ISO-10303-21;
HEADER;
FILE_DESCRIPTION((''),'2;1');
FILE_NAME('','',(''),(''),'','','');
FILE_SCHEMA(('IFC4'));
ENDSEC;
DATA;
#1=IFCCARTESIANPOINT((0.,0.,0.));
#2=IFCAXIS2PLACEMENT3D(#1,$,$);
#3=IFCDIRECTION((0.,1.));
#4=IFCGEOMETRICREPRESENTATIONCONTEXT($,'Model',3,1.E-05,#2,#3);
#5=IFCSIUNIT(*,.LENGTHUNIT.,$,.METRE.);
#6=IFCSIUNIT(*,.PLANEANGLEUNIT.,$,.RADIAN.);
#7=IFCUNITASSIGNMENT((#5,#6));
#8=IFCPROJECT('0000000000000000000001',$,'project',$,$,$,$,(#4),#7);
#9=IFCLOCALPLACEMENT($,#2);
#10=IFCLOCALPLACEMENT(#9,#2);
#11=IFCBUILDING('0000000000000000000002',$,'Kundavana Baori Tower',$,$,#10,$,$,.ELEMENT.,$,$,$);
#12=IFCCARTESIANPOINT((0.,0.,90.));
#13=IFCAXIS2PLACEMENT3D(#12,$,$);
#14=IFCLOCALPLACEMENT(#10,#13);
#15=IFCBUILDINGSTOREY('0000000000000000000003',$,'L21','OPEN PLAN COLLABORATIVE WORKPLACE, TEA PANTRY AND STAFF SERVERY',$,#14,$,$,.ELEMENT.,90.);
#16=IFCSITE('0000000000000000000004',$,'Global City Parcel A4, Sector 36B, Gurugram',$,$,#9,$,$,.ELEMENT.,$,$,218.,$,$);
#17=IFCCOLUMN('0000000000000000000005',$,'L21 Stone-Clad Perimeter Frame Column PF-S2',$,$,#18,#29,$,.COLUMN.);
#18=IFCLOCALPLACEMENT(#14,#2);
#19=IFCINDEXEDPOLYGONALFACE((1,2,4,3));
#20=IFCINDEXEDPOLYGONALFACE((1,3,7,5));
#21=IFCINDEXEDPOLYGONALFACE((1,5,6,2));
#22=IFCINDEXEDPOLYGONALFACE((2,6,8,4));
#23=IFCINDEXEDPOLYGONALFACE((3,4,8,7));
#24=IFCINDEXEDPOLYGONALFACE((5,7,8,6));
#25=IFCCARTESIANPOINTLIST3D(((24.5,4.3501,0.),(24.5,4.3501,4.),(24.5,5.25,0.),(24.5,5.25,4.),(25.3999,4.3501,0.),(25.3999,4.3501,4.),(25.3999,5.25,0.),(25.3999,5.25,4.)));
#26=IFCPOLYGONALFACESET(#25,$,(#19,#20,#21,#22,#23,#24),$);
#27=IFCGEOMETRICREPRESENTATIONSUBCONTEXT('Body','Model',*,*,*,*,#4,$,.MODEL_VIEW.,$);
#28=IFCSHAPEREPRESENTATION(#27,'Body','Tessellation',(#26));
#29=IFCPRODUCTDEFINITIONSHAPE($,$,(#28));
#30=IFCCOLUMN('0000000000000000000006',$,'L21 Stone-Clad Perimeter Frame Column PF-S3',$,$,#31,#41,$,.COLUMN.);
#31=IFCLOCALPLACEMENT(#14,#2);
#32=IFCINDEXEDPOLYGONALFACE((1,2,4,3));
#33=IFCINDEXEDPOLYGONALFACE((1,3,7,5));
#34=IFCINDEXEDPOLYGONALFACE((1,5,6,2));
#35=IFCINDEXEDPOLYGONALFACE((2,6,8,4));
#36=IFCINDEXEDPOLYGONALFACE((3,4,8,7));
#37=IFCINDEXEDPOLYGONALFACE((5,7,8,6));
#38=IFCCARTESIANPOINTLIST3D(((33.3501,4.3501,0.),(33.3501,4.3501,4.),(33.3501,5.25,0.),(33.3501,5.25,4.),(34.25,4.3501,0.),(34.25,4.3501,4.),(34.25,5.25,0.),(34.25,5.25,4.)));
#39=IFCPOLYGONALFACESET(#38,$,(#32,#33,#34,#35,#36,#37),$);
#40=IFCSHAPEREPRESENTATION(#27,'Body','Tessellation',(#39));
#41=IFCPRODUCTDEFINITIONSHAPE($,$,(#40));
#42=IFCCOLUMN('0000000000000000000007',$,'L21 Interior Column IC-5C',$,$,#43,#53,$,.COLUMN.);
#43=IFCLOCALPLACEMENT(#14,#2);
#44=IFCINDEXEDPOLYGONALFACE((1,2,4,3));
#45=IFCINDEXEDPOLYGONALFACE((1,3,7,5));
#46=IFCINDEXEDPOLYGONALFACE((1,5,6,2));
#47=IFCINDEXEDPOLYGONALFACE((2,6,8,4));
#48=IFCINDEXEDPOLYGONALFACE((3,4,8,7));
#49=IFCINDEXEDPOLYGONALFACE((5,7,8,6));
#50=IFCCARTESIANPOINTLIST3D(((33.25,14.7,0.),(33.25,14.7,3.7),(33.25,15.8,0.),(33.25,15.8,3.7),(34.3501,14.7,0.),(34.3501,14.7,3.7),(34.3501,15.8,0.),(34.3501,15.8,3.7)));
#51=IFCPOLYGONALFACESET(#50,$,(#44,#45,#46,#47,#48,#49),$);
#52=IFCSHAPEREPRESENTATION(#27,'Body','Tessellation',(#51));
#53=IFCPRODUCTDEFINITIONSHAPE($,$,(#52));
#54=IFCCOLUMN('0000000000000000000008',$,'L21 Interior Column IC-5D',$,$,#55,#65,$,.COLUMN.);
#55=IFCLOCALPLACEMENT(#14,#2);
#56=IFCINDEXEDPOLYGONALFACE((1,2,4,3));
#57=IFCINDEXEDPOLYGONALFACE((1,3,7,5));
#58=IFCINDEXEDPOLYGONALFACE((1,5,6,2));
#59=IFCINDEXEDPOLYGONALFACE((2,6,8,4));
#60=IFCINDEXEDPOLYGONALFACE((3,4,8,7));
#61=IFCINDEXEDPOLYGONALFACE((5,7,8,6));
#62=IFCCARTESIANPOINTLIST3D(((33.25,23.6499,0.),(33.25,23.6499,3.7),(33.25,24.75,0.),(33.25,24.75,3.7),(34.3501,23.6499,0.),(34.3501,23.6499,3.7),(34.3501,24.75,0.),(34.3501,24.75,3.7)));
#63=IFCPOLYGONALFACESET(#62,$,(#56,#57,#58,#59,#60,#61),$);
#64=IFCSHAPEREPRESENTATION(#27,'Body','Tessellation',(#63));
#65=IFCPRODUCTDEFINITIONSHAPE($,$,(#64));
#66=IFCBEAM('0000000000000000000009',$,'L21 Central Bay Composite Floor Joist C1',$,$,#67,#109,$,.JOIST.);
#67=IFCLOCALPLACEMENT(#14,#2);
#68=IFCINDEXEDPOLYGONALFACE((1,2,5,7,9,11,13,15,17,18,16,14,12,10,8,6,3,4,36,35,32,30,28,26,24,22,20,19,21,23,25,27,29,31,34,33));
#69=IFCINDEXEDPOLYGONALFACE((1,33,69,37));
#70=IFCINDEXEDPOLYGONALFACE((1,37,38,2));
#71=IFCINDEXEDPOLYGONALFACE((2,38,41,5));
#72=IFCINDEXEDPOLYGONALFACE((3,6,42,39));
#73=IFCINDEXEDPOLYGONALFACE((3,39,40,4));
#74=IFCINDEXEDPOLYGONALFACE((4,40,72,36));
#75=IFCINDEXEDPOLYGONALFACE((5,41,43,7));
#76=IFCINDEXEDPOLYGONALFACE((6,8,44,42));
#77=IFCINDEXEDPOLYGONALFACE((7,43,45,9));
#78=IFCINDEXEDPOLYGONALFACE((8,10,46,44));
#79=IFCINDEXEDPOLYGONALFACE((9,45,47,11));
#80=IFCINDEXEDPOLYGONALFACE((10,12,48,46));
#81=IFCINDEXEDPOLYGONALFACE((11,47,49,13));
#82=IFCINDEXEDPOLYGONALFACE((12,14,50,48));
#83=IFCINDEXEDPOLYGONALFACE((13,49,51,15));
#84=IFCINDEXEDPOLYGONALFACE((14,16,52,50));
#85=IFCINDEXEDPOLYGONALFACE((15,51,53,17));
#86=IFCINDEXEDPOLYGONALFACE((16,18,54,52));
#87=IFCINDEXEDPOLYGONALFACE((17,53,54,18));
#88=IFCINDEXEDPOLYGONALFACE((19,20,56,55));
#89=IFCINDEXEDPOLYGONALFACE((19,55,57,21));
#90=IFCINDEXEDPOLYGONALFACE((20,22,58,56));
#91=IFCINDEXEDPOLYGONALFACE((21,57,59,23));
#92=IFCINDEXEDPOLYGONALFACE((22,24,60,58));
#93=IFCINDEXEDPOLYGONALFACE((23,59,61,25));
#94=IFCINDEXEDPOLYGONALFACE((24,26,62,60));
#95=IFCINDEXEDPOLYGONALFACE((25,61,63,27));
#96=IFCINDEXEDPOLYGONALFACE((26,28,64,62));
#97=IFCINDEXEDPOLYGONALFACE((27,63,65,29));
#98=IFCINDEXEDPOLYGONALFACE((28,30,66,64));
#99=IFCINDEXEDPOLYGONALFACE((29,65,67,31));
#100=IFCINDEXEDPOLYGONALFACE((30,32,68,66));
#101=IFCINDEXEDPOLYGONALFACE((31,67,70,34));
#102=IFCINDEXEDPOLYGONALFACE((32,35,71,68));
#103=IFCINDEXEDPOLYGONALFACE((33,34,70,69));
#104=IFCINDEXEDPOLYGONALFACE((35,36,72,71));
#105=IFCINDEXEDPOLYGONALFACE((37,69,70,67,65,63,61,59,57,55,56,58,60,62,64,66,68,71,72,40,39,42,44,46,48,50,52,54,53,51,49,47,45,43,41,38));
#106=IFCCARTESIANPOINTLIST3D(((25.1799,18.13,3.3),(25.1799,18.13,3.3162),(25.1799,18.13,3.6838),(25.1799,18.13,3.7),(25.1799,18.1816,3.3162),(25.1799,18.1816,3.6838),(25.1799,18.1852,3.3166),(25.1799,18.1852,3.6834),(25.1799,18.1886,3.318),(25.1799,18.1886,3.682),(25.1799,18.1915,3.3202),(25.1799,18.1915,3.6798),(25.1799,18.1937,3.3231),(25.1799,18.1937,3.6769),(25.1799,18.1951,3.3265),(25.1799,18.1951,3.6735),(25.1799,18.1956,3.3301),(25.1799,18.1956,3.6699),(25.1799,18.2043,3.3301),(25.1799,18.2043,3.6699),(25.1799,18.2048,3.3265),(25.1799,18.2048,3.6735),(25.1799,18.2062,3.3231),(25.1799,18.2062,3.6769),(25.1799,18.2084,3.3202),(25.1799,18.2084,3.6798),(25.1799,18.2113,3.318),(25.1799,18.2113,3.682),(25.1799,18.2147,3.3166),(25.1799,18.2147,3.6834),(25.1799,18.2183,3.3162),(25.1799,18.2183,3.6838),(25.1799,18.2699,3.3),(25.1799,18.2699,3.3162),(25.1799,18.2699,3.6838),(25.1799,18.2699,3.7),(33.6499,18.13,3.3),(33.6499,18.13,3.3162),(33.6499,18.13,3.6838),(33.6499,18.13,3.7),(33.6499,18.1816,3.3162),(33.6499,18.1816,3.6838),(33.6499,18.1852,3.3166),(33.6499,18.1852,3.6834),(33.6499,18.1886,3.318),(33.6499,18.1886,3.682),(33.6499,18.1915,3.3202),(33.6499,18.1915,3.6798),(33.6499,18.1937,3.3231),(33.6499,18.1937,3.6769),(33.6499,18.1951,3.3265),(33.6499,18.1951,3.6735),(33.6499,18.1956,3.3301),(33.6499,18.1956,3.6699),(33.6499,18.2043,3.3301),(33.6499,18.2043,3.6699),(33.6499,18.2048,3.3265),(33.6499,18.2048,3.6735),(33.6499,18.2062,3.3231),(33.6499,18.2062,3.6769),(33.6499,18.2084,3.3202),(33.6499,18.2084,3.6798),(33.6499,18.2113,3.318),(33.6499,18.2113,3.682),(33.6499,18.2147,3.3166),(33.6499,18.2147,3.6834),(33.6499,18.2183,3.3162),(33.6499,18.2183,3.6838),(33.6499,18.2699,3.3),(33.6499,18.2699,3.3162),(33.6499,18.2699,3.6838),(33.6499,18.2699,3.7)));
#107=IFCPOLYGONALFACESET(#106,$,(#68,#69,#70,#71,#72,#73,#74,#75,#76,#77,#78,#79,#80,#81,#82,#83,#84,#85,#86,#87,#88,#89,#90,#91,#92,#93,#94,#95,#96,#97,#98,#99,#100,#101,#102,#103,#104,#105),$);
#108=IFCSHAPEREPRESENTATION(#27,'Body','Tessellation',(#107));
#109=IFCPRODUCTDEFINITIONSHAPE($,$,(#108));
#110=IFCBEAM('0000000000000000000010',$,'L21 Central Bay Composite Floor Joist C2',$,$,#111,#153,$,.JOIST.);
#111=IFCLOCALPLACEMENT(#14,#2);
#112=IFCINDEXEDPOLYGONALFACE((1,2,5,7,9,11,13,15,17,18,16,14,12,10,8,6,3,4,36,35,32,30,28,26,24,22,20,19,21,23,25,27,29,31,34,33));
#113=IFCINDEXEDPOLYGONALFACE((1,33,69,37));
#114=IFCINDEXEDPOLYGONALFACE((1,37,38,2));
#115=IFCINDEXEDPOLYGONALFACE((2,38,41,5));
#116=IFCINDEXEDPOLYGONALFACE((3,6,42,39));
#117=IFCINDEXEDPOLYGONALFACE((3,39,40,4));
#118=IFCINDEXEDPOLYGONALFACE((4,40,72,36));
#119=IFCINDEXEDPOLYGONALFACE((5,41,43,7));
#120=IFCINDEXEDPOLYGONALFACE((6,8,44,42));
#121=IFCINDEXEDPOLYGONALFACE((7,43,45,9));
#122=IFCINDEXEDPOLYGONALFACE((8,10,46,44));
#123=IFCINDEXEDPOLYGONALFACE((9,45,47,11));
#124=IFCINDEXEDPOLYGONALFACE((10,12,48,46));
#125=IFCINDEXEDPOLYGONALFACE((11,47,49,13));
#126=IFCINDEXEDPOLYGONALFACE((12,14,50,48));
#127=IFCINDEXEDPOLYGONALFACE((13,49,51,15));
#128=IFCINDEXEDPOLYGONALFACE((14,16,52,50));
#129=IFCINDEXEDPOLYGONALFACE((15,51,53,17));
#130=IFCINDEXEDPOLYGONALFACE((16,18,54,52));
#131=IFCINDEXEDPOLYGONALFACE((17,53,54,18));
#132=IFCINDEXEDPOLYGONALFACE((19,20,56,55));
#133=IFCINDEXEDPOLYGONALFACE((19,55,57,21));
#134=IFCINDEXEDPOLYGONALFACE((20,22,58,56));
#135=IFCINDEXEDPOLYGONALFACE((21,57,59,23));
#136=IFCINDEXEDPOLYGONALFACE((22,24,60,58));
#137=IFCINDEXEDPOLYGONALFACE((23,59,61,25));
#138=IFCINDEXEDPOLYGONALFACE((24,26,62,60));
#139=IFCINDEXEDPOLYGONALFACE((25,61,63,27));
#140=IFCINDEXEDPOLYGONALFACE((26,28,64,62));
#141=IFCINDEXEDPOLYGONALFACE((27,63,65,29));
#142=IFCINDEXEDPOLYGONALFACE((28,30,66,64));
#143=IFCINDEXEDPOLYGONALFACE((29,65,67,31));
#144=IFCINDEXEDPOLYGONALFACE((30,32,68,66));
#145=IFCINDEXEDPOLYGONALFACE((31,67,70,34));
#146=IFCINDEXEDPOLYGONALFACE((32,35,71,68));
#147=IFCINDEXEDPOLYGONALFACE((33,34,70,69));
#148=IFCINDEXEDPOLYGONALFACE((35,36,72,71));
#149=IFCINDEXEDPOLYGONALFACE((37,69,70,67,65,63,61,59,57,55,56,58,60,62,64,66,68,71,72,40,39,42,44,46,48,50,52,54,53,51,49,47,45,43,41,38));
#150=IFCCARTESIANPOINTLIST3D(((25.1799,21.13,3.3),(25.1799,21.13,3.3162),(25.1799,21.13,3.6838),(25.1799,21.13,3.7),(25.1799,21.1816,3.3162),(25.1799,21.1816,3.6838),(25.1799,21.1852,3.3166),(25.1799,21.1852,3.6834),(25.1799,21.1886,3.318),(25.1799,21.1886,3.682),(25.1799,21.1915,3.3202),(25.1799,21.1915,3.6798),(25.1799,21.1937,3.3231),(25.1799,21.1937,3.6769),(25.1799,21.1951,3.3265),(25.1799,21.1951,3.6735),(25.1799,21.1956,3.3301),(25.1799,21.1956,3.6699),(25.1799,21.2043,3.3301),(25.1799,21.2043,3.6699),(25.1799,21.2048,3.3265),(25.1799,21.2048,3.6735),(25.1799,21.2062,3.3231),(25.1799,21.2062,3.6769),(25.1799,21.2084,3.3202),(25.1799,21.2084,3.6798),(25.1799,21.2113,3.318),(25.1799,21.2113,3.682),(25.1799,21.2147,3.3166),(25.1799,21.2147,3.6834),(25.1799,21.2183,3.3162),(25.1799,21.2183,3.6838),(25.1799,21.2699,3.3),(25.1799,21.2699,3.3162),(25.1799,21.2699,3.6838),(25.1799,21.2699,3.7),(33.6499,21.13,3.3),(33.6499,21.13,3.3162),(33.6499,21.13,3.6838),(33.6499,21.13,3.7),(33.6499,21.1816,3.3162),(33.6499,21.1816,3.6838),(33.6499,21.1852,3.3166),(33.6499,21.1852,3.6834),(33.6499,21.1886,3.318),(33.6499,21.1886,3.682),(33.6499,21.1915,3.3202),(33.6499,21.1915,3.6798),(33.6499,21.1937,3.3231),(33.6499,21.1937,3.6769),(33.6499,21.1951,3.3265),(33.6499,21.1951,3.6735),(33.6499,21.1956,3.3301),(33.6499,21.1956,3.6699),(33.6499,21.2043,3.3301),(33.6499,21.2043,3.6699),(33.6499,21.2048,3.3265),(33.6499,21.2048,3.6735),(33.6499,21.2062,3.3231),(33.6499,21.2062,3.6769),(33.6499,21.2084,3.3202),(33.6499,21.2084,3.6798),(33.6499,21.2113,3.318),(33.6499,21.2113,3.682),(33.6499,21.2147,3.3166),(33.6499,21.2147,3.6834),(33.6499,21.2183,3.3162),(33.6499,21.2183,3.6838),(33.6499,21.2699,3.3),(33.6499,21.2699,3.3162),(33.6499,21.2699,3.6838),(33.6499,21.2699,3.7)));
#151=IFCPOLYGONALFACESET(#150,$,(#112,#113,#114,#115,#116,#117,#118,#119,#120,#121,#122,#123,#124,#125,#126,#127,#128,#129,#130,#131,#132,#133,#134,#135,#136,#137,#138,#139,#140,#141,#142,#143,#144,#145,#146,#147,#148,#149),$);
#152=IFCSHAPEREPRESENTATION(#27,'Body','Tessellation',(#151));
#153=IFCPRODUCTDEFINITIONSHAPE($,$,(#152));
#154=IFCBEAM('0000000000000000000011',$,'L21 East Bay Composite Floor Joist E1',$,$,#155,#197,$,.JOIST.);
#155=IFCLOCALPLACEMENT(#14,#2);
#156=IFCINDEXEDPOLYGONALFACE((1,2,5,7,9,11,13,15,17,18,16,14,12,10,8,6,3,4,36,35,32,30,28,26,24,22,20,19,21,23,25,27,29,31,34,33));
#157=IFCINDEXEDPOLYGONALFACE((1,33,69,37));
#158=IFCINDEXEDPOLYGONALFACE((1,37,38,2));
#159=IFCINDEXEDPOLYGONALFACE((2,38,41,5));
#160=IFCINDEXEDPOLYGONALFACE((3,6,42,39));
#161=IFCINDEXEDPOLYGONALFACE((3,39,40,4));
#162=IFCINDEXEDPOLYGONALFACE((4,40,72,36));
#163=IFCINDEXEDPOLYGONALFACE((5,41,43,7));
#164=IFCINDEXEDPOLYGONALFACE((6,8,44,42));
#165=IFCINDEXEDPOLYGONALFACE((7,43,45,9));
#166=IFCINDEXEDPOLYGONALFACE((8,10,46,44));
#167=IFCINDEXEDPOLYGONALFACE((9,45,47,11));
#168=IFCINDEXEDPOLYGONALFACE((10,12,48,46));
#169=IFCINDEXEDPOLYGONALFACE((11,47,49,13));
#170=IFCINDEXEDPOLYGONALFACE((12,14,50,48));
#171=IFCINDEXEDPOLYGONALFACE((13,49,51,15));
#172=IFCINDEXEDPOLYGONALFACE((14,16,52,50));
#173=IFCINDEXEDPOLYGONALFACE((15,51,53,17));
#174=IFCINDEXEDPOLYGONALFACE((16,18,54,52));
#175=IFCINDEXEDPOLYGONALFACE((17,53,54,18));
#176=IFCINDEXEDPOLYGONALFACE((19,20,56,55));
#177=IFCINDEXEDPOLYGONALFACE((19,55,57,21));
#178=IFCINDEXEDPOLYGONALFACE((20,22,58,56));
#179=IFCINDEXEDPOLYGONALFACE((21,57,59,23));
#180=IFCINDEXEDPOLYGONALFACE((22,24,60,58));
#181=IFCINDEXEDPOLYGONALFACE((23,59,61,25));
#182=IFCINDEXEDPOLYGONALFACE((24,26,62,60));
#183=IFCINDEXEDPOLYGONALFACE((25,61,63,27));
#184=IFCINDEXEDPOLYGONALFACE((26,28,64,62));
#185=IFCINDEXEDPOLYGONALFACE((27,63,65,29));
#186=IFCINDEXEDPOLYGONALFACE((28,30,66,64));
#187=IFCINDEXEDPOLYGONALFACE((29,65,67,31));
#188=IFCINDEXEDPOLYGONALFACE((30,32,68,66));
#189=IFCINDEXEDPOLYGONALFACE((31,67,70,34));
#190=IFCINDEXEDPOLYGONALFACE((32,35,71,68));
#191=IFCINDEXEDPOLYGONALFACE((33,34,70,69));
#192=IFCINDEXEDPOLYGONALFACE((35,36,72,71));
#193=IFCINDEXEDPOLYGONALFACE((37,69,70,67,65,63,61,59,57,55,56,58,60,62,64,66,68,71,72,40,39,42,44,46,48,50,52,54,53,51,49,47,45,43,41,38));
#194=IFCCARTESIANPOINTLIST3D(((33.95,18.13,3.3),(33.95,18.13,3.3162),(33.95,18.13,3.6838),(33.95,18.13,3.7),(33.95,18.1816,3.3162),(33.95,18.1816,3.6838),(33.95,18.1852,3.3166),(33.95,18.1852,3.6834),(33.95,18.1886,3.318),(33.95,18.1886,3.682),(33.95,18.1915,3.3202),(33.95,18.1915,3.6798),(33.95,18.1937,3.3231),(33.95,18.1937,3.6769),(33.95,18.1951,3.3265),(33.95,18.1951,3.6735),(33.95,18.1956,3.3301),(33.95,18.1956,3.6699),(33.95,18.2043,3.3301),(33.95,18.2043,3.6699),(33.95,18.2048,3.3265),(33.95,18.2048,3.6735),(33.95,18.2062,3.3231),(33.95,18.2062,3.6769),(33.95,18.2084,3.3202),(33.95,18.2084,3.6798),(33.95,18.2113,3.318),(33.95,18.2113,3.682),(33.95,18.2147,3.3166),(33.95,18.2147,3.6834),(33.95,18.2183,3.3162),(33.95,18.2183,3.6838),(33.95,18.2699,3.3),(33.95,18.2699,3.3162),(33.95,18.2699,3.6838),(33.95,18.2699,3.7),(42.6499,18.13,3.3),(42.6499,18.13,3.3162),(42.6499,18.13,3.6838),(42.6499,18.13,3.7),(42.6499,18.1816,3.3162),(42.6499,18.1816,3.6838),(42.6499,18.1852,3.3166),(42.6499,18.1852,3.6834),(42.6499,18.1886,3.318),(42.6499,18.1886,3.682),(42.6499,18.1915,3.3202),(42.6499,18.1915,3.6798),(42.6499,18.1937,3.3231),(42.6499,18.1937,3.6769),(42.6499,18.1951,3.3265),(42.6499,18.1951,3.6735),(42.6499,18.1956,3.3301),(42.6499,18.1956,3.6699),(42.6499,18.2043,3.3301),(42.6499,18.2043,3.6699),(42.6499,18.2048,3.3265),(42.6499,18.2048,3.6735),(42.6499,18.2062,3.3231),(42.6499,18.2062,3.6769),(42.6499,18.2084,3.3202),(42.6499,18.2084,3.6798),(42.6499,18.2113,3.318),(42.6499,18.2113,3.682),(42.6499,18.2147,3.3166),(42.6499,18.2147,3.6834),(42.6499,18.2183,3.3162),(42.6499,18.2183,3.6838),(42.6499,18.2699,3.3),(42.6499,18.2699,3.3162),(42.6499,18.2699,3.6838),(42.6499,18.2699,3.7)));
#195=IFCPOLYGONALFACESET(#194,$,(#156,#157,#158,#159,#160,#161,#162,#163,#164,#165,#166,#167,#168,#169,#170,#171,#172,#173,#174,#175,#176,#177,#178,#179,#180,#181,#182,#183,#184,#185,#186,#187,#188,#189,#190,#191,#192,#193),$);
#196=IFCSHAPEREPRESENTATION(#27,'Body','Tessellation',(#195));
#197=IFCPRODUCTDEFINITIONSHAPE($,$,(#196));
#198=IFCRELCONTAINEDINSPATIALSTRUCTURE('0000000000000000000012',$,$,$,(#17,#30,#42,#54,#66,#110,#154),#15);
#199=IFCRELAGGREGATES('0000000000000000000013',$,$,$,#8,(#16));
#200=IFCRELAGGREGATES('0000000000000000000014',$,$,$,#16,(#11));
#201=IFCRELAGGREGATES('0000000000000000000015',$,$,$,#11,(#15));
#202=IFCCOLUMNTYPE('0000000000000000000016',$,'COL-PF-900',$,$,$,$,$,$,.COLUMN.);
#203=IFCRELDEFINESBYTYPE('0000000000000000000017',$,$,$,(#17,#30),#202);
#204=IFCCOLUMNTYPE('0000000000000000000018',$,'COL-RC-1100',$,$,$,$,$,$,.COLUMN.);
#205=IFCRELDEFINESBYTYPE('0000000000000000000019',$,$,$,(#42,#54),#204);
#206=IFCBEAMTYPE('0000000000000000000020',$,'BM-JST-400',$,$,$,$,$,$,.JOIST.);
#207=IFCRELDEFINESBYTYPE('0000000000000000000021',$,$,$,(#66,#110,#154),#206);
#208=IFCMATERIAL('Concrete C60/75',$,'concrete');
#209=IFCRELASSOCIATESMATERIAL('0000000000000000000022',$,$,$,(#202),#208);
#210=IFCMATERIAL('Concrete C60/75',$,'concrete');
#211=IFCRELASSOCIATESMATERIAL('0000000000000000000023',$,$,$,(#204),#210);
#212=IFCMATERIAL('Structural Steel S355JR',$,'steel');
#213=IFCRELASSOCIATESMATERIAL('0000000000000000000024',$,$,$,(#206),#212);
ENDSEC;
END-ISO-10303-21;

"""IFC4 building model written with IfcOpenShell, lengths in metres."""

from ifc_helpers import new_model, si_unit, direction, frame, origin, origin_2d, place, context, subcontext, project, spatial, rectangle, i_section, extrude, material, material_profile, profile_set, type_object, element, save


model = new_model("IFC4")

# Units and contexts
model_context = context("Model", 3, precision=1e-05, world=origin(), true_north=direction((0.0, 1.0)))
body_context = subcontext(model_context, "Body", "Model", "MODEL_VIEW")
ifc_project = project(units=[si_unit("LENGTHUNIT", "METRE"), si_unit("PLANEANGLEUNIT", "RADIAN")], contexts=[model_context])

# Site, building, storey
site_placement = place(None, origin())
site = spatial("IfcSite", under=ifc_project, at=site_placement, Name="Global City Parcel A4, Sector 36B, Gurugram", CompositionType="ELEMENT", RefElevation=218.0)
building_placement = place(site_placement, origin())
building = spatial("IfcBuilding", under=site, at=building_placement, Name="Kundavana Baori Tower", CompositionType="ELEMENT")
storey_placement = place(building_placement, frame((0.0, 0.0, 90.0)))
storey = spatial("IfcBuildingStorey", under=building, at=storey_placement, Name="L21", Description="OPEN PLAN COLLABORATIVE WORKPLACE, TEA PANTRY AND STAFF SERVERY", CompositionType="ELEMENT", Elevation=90.0)

# Columns
ifc_material_1 = material(Name="Concrete C60/75", Category="concrete")
ifc_material_profile_1 = material_profile(ifc_material_1, rectangle(XDim=0.8999, YDim=0.8999, at=origin_2d()), Name="RC PF 900x900")
ifc_profile_set_1 = profile_set([ifc_material_profile_1], Name="Concrete C60/75")
column_type_1 = type_object("IfcColumnType", Name="COL-PF-900", PredefinedType="COLUMN", material=ifc_profile_set_1)
for number, where, z_axis, x_axis, name in (
    (1, (24.95, 4.8, 0.0), (0.0, 0.0, 1.0), (1.0, 0.0, 0.0), "L21 Stone-Clad Perimeter Frame Column PF-S2"),
    (2, (33.8, 4.8, 0.0), (0.0, 0.0, 1.0), (1.0, 0.0, 0.0), "L21 Stone-Clad Perimeter Frame Column PF-S3"),
):
    element("IfcColumn", number, at=place(storey_placement, frame(where, z_axis=z_axis, x_axis=x_axis)), inside=storey, type_object=column_type_1, Name=name, PredefinedType="COLUMN", context=body_context, shape_type="SweptSolid", body=[
        extrude(rectangle(XDim=0.8999, YDim=0.8999, at=origin_2d()), origin(), (0.0, 0.0, 1.0), 4.0),
    ])
ifc_material_2 = material(Name="Concrete C60/75", Category="concrete")
ifc_material_profile_2 = material_profile(ifc_material_2, rectangle(XDim=1.1001, YDim=1.1001, at=origin_2d()), Name="RC 1100x1100")
ifc_profile_set_2 = profile_set([ifc_material_profile_2], Name="Concrete C60/75")
column_type_2 = type_object("IfcColumnType", Name="COL-RC-1100", PredefinedType="COLUMN", material=ifc_profile_set_2)
for number, where, z_axis, x_axis, name in (
    (3, (33.8, 15.25, 0.0), (0.0, 0.0, 1.0), (1.0, 0.0, 0.0), "L21 Interior Column IC-5C"),
    (4, (33.8, 24.2, 0.0), (0.0, 0.0, 1.0), (1.0, 0.0, 0.0), "L21 Interior Column IC-5D"),
):
    element("IfcColumn", number, at=place(storey_placement, frame(where, z_axis=z_axis, x_axis=x_axis)), inside=storey, type_object=column_type_2, Name=name, PredefinedType="COLUMN", context=body_context, shape_type="SweptSolid", body=[
        extrude(rectangle(XDim=1.1001, YDim=1.1001, at=origin_2d()), origin(), (0.0, 0.0, 1.0), 3.7),
    ])

# Beams
ifc_material_3 = material(Name="Structural Steel S355JR", Category="steel")
ifc_material_profile_3 = material_profile(ifc_material_3, i_section(OverallWidth=0.1399, OverallDepth=0.3999, WebThickness=0.0088, FlangeThickness=0.0161, FilletRadius=0.0139, at=origin_2d()), Name="ISMB 400")
ifc_profile_set_3 = profile_set([ifc_material_profile_3], Name="Structural Steel S355JR")
beam_type_1 = type_object("IfcBeamType", Name="BM-JST-400", PredefinedType="JOIST", material=ifc_profile_set_3)
for number, where, z_axis, x_axis, name in (
    (5, (25.1799, 18.2, 3.5), (1.0, 0.0, 0.0), (0.0, 1.0, 0.0), "L21 Central Bay Composite Floor Joist C1"),
    (6, (25.1799, 21.2, 3.5), (1.0, 0.0, 0.0), (0.0, 1.0, 0.0), "L21 Central Bay Composite Floor Joist C2"),
):
    element("IfcBeam", number, at=place(storey_placement, frame(where, z_axis=z_axis, x_axis=x_axis)), inside=storey, type_object=beam_type_1, Name=name, PredefinedType="JOIST", context=body_context, shape_type="SweptSolid", body=[
        extrude(i_section(OverallWidth=0.1399, OverallDepth=0.3999, WebThickness=0.0088, FlangeThickness=0.0161, FilletRadius=0.0139, at=origin_2d()), origin(), (0.0, 0.0, 1.0), 8.47),
    ])
for number, where, z_axis, x_axis, name in (
    (7, (33.95, 18.2, 3.5), (1.0, 0.0, 0.0), (0.0, 1.0, 0.0), "L21 East Bay Composite Floor Joist E1"),
):
    element("IfcBeam", number, at=place(storey_placement, frame(where, z_axis=z_axis, x_axis=x_axis)), inside=storey, type_object=beam_type_1, Name=name, PredefinedType="JOIST", context=body_context, shape_type="SweptSolid", body=[
        extrude(i_section(OverallWidth=0.1399, OverallDepth=0.3999, WebThickness=0.0088, FlangeThickness=0.0161, FilletRadius=0.0139, at=origin_2d()), origin(), (0.0, 0.0, 1.0), 8.7),
    ])

save(model, "model.ifc")
